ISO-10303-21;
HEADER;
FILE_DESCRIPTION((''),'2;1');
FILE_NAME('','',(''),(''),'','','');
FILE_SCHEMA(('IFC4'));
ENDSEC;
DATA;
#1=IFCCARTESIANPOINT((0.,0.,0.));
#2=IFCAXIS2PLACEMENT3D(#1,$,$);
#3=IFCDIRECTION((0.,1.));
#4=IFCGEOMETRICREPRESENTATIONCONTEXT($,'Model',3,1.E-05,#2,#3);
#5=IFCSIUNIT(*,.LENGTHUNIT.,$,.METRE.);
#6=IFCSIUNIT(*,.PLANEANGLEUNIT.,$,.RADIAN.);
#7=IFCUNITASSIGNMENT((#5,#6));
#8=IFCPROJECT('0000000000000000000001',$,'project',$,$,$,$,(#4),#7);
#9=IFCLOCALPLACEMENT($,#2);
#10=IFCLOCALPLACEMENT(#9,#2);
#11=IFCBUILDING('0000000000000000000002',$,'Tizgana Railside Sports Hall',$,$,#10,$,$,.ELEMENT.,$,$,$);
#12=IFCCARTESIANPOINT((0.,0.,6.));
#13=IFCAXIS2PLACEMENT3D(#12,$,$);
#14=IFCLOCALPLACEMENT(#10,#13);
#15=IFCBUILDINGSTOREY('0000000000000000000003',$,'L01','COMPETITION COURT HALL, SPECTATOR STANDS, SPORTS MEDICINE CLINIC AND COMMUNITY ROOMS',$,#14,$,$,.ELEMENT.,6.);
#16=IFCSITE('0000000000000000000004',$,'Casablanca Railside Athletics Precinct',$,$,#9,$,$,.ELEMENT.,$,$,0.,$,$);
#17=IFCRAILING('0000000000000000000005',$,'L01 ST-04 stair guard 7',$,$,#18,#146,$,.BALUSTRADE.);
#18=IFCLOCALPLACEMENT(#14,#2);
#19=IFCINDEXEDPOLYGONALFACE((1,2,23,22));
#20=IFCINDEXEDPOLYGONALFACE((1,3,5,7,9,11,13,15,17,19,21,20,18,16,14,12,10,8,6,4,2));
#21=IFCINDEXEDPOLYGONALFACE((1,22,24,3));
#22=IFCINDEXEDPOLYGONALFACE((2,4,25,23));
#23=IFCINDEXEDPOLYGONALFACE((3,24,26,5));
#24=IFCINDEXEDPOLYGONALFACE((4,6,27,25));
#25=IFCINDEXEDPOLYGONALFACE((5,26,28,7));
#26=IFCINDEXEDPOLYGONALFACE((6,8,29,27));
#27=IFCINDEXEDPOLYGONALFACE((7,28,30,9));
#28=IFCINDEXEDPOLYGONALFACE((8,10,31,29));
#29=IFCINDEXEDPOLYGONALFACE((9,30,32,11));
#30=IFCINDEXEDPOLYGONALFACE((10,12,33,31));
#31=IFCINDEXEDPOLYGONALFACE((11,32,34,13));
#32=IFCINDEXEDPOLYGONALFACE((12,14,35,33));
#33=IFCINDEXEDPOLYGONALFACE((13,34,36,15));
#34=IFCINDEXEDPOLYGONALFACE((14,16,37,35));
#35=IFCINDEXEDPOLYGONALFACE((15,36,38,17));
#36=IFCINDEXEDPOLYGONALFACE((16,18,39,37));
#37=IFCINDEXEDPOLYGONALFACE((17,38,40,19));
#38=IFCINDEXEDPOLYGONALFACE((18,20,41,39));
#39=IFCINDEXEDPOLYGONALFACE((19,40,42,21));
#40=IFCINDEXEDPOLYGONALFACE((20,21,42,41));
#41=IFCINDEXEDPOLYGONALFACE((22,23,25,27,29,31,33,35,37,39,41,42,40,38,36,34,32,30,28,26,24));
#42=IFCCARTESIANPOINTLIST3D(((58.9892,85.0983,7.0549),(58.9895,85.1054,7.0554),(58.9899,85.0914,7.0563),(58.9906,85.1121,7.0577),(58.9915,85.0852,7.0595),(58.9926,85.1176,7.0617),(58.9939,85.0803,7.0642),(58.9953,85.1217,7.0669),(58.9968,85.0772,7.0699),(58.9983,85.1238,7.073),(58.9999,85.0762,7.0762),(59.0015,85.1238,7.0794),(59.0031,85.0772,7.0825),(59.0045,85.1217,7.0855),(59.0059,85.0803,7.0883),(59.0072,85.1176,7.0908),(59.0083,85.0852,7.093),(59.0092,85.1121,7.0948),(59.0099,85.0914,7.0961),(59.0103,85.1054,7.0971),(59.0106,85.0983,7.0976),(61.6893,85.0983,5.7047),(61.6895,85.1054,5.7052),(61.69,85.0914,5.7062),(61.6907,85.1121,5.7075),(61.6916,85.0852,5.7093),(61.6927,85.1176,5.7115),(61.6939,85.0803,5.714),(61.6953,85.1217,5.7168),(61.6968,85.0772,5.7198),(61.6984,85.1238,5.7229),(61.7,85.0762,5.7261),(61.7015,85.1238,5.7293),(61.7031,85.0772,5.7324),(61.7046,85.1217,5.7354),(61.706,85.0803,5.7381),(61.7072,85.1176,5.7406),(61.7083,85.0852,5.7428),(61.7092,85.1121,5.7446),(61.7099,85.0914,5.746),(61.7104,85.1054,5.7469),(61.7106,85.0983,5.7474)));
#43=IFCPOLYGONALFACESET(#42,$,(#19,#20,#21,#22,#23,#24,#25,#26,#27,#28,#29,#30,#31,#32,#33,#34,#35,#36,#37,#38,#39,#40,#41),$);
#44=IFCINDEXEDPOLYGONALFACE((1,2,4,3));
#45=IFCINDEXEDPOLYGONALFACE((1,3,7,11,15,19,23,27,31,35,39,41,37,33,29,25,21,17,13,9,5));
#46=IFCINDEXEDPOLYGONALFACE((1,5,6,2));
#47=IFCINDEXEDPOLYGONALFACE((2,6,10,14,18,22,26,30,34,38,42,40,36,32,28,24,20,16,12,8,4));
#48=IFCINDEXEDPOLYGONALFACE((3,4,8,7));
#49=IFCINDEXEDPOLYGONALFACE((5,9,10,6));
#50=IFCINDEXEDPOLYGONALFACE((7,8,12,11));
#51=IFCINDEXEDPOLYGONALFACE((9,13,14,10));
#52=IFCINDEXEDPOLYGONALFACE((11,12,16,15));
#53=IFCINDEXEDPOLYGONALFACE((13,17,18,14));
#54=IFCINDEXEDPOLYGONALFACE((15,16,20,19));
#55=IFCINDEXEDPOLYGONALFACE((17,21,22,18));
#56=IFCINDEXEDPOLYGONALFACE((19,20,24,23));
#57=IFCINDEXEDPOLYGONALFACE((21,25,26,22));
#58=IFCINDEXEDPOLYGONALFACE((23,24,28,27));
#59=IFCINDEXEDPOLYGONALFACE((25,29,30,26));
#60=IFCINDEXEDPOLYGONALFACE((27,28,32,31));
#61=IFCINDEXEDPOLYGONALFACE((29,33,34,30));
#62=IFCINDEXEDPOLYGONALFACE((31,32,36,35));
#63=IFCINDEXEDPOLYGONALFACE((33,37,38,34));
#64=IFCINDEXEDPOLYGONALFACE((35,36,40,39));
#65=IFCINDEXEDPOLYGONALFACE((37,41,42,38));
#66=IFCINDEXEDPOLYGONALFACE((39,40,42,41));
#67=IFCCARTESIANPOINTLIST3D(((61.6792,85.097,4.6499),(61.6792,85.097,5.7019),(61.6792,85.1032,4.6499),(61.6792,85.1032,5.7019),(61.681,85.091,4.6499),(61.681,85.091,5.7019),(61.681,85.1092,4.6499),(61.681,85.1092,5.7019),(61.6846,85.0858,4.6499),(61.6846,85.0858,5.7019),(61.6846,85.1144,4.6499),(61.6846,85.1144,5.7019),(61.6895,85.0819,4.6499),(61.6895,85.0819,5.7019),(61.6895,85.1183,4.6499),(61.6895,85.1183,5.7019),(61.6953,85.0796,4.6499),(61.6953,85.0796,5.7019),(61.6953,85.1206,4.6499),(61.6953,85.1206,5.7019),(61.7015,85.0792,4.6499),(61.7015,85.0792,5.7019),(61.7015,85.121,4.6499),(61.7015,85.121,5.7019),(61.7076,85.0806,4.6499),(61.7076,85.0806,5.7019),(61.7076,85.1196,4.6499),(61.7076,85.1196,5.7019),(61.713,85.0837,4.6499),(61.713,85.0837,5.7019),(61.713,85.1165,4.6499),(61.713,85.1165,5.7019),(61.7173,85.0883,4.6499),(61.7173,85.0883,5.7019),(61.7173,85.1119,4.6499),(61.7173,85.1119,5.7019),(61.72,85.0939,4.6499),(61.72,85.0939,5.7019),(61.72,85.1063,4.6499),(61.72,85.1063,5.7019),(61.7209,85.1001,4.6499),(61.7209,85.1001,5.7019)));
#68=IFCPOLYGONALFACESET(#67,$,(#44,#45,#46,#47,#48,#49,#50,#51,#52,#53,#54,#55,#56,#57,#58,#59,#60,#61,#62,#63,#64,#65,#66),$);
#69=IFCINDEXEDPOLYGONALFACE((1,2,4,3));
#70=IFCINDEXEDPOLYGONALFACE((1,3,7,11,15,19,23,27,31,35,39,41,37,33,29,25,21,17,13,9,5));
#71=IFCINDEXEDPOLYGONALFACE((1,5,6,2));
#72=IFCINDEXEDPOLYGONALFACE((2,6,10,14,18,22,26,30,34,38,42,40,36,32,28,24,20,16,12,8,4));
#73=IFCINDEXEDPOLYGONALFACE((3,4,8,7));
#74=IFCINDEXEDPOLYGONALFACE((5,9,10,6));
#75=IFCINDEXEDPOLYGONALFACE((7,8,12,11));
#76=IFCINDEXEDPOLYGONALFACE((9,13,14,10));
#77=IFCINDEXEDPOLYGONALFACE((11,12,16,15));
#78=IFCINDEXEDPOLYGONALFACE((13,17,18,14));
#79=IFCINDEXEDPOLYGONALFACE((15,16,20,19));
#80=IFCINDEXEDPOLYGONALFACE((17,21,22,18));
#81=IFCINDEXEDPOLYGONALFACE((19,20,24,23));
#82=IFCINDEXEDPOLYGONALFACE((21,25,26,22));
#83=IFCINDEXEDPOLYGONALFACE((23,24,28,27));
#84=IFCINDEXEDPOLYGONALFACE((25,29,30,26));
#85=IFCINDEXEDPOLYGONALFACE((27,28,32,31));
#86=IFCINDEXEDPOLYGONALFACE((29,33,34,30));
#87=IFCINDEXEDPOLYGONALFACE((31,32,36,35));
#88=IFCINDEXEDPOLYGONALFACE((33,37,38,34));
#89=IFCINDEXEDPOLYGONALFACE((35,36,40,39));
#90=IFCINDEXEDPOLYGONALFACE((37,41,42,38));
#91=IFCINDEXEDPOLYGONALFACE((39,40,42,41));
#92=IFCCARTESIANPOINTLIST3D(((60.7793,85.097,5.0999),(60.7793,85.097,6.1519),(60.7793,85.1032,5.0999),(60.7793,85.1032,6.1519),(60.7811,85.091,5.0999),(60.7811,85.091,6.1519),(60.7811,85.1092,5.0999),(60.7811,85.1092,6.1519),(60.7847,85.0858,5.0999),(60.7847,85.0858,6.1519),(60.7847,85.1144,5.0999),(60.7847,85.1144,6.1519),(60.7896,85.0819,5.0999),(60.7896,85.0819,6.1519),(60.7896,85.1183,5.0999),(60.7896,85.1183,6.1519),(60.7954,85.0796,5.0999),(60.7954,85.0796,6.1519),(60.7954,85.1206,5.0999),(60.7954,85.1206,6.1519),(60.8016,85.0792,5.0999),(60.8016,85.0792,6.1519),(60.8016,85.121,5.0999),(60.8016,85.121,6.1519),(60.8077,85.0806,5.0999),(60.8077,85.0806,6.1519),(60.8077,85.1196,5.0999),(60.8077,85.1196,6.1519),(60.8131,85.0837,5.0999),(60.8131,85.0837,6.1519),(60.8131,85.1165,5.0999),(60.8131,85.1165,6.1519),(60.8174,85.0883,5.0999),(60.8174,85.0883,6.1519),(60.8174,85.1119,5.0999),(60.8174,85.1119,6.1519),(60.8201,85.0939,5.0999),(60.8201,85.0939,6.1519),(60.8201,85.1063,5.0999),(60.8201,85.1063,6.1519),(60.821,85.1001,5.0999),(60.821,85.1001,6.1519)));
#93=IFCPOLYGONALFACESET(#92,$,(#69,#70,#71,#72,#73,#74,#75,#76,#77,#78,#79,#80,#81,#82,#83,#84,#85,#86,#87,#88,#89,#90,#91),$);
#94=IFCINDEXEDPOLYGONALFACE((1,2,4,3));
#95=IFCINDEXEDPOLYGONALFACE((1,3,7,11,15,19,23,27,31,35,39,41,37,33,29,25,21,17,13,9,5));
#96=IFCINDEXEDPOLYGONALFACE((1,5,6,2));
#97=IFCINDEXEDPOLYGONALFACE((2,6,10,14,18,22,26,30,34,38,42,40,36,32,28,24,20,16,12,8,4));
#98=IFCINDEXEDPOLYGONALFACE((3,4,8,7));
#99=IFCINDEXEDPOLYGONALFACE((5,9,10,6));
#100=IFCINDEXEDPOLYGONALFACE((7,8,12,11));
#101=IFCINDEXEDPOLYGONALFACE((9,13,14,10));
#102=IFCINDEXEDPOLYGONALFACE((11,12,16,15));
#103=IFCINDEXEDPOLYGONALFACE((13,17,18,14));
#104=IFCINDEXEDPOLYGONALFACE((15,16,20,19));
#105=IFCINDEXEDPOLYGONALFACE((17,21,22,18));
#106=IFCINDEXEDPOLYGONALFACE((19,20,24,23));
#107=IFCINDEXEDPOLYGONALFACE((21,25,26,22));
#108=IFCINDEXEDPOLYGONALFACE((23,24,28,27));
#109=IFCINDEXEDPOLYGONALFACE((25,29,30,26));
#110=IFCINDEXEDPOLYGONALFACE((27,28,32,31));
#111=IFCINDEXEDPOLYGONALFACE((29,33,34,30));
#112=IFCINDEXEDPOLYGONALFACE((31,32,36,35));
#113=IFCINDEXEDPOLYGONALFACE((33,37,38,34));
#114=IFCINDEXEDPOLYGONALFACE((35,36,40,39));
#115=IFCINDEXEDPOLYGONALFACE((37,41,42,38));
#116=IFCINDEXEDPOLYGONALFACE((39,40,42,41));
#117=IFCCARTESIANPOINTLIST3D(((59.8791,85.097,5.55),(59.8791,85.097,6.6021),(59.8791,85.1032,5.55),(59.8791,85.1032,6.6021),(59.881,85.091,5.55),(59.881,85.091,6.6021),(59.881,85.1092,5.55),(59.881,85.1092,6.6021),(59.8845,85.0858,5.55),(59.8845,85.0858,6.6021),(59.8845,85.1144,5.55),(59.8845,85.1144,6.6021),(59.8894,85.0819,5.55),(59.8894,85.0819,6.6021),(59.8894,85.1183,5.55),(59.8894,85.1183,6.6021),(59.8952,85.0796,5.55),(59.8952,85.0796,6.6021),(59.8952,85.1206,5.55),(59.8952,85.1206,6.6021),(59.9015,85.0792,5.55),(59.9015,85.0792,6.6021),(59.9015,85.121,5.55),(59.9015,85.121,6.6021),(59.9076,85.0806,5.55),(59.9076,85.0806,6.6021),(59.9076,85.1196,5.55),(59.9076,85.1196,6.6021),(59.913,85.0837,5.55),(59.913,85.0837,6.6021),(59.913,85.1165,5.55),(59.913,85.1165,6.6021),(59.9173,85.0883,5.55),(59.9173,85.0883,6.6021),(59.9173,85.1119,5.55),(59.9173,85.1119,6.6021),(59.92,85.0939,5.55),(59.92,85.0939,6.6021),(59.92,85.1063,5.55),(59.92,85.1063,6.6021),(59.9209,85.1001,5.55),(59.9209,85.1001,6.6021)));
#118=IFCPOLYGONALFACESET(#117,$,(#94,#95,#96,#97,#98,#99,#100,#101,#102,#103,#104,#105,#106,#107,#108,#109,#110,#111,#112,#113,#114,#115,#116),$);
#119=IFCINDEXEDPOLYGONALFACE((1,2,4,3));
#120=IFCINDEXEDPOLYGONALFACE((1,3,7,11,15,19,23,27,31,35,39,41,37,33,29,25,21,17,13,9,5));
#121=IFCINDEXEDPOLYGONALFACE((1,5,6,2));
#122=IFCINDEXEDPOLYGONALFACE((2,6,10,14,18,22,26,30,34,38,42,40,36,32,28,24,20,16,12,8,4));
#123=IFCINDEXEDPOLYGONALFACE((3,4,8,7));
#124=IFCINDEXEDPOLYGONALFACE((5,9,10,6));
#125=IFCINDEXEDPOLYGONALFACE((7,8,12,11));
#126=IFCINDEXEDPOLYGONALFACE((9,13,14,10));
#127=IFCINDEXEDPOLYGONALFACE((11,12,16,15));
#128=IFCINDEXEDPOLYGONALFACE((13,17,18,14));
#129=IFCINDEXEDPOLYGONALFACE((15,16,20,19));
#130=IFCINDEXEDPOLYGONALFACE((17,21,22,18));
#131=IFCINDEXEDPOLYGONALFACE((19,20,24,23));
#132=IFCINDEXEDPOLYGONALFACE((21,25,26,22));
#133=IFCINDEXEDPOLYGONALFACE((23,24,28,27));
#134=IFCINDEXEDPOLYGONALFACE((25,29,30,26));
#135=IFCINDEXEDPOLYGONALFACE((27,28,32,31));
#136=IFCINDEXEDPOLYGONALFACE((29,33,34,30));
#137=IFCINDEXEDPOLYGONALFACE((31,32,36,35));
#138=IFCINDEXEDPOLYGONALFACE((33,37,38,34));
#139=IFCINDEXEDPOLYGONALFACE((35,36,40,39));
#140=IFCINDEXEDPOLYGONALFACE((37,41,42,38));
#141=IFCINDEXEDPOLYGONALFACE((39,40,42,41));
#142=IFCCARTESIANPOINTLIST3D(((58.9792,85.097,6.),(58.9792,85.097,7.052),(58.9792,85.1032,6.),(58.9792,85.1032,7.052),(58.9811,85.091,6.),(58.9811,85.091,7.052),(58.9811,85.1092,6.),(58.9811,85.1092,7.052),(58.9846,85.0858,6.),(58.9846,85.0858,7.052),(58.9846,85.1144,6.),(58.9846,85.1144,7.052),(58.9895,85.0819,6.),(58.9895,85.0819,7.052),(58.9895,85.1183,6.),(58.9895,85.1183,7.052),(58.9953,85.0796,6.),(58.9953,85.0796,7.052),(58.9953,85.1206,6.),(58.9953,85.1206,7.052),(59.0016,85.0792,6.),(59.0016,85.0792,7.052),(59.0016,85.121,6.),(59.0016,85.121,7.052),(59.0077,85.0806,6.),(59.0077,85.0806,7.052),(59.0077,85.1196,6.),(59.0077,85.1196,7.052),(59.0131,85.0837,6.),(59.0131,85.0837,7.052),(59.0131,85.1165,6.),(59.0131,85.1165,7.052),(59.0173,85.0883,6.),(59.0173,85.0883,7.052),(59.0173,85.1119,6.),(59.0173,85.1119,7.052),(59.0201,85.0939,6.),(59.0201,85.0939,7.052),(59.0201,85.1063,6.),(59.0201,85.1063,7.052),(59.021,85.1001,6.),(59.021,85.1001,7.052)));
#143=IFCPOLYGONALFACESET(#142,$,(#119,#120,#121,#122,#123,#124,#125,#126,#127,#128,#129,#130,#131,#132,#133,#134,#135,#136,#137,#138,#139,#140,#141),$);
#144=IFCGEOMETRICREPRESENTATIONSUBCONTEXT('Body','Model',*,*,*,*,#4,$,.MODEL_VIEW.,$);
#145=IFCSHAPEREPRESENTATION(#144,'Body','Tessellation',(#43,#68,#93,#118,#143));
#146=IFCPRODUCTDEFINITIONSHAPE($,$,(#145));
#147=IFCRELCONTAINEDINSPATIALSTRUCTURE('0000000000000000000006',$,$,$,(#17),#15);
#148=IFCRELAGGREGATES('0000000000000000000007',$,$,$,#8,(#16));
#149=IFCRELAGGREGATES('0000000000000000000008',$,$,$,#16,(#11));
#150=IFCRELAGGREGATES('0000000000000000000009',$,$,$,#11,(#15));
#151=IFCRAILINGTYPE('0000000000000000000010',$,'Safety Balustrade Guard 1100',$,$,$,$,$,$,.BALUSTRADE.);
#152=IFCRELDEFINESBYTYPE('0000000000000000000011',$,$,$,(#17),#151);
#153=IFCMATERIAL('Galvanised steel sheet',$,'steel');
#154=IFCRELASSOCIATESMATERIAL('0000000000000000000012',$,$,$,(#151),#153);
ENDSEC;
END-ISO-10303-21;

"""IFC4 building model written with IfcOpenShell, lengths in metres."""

from ifc_helpers import new_model, si_unit, direction, frame, origin, origin_2d, place, context, subcontext, project, spatial, circle, extrude, material, type_object, element, save


model = new_model("IFC4")

# Units and contexts
model_context = context("Model", 3, precision=1e-05, world=origin(), true_north=direction((0.0, 1.0)))
body_context = subcontext(model_context, "Body", "Model", "MODEL_VIEW")
ifc_project = project(units=[si_unit("LENGTHUNIT", "METRE"), si_unit("PLANEANGLEUNIT", "RADIAN")], contexts=[model_context])

# Site, building, storey
site_placement = place(None, origin())
site = spatial("IfcSite", under=ifc_project, at=site_placement, Name="Casablanca Railside Athletics Precinct", CompositionType="ELEMENT", RefElevation=0.0)
building_placement = place(site_placement, origin())
building = spatial("IfcBuilding", under=site, at=building_placement, Name="Tizgana Railside Sports Hall", CompositionType="ELEMENT")
storey_placement = place(building_placement, frame((0.0, 0.0, 6.0)))
storey = spatial("IfcBuildingStorey", under=building, at=storey_placement, Name="L01", Description="COMPETITION COURT HALL, SPECTATOR STANDS, SPORTS MEDICINE CLINIC AND COMMUNITY ROOMS", CompositionType="ELEMENT", Elevation=6.0)

# Railing
ifc_material_1 = material(Name="Galvanised steel sheet", Category="steel")
railing_type_1 = type_object("IfcRailingType", Name="Safety Balustrade Guard 1100", PredefinedType="BALUSTRADE", material=ifc_material_1)
railing_placement = place(storey_placement, frame((61.7, 85.1001, 4.6499)))
element("IfcRailing", 1, at=railing_placement, inside=storey, type_object=railing_type_1, Name="L01 ST-04 stair guard 7", PredefinedType="BALUSTRADE", context=body_context, shape_type="SweptSolid", body=[
    extrude(circle(Radius=0.0239, at=origin_2d()), frame((0.0, 0.0, 1.0762), z_axis=(-0.894411, 0.0, 0.447246), x_axis=(0.0, -1.0, 0.0)), (0.0, 0.0, 1.0), 3.0188),
    extrude(circle(Radius=0.021, at=origin_2d()), origin(), (0.0, 0.0, 1.0), 1.052),
    extrude(circle(Radius=0.021, at=origin_2d()), frame((-0.8999, 0.0, 0.45)), (0.0, 0.0, 1.0), 1.052),
    extrude(circle(Radius=0.021, at=origin_2d()), frame((-1.8, 0.0, 0.9001)), (0.0, 0.0, 1.0), 1.052),
    extrude(circle(Radius=0.021, at=origin_2d()), frame((-2.7, 0.0, 1.3501)), (0.0, 0.0, 1.0), 1.052),
])

save(model, "model.ifc")
